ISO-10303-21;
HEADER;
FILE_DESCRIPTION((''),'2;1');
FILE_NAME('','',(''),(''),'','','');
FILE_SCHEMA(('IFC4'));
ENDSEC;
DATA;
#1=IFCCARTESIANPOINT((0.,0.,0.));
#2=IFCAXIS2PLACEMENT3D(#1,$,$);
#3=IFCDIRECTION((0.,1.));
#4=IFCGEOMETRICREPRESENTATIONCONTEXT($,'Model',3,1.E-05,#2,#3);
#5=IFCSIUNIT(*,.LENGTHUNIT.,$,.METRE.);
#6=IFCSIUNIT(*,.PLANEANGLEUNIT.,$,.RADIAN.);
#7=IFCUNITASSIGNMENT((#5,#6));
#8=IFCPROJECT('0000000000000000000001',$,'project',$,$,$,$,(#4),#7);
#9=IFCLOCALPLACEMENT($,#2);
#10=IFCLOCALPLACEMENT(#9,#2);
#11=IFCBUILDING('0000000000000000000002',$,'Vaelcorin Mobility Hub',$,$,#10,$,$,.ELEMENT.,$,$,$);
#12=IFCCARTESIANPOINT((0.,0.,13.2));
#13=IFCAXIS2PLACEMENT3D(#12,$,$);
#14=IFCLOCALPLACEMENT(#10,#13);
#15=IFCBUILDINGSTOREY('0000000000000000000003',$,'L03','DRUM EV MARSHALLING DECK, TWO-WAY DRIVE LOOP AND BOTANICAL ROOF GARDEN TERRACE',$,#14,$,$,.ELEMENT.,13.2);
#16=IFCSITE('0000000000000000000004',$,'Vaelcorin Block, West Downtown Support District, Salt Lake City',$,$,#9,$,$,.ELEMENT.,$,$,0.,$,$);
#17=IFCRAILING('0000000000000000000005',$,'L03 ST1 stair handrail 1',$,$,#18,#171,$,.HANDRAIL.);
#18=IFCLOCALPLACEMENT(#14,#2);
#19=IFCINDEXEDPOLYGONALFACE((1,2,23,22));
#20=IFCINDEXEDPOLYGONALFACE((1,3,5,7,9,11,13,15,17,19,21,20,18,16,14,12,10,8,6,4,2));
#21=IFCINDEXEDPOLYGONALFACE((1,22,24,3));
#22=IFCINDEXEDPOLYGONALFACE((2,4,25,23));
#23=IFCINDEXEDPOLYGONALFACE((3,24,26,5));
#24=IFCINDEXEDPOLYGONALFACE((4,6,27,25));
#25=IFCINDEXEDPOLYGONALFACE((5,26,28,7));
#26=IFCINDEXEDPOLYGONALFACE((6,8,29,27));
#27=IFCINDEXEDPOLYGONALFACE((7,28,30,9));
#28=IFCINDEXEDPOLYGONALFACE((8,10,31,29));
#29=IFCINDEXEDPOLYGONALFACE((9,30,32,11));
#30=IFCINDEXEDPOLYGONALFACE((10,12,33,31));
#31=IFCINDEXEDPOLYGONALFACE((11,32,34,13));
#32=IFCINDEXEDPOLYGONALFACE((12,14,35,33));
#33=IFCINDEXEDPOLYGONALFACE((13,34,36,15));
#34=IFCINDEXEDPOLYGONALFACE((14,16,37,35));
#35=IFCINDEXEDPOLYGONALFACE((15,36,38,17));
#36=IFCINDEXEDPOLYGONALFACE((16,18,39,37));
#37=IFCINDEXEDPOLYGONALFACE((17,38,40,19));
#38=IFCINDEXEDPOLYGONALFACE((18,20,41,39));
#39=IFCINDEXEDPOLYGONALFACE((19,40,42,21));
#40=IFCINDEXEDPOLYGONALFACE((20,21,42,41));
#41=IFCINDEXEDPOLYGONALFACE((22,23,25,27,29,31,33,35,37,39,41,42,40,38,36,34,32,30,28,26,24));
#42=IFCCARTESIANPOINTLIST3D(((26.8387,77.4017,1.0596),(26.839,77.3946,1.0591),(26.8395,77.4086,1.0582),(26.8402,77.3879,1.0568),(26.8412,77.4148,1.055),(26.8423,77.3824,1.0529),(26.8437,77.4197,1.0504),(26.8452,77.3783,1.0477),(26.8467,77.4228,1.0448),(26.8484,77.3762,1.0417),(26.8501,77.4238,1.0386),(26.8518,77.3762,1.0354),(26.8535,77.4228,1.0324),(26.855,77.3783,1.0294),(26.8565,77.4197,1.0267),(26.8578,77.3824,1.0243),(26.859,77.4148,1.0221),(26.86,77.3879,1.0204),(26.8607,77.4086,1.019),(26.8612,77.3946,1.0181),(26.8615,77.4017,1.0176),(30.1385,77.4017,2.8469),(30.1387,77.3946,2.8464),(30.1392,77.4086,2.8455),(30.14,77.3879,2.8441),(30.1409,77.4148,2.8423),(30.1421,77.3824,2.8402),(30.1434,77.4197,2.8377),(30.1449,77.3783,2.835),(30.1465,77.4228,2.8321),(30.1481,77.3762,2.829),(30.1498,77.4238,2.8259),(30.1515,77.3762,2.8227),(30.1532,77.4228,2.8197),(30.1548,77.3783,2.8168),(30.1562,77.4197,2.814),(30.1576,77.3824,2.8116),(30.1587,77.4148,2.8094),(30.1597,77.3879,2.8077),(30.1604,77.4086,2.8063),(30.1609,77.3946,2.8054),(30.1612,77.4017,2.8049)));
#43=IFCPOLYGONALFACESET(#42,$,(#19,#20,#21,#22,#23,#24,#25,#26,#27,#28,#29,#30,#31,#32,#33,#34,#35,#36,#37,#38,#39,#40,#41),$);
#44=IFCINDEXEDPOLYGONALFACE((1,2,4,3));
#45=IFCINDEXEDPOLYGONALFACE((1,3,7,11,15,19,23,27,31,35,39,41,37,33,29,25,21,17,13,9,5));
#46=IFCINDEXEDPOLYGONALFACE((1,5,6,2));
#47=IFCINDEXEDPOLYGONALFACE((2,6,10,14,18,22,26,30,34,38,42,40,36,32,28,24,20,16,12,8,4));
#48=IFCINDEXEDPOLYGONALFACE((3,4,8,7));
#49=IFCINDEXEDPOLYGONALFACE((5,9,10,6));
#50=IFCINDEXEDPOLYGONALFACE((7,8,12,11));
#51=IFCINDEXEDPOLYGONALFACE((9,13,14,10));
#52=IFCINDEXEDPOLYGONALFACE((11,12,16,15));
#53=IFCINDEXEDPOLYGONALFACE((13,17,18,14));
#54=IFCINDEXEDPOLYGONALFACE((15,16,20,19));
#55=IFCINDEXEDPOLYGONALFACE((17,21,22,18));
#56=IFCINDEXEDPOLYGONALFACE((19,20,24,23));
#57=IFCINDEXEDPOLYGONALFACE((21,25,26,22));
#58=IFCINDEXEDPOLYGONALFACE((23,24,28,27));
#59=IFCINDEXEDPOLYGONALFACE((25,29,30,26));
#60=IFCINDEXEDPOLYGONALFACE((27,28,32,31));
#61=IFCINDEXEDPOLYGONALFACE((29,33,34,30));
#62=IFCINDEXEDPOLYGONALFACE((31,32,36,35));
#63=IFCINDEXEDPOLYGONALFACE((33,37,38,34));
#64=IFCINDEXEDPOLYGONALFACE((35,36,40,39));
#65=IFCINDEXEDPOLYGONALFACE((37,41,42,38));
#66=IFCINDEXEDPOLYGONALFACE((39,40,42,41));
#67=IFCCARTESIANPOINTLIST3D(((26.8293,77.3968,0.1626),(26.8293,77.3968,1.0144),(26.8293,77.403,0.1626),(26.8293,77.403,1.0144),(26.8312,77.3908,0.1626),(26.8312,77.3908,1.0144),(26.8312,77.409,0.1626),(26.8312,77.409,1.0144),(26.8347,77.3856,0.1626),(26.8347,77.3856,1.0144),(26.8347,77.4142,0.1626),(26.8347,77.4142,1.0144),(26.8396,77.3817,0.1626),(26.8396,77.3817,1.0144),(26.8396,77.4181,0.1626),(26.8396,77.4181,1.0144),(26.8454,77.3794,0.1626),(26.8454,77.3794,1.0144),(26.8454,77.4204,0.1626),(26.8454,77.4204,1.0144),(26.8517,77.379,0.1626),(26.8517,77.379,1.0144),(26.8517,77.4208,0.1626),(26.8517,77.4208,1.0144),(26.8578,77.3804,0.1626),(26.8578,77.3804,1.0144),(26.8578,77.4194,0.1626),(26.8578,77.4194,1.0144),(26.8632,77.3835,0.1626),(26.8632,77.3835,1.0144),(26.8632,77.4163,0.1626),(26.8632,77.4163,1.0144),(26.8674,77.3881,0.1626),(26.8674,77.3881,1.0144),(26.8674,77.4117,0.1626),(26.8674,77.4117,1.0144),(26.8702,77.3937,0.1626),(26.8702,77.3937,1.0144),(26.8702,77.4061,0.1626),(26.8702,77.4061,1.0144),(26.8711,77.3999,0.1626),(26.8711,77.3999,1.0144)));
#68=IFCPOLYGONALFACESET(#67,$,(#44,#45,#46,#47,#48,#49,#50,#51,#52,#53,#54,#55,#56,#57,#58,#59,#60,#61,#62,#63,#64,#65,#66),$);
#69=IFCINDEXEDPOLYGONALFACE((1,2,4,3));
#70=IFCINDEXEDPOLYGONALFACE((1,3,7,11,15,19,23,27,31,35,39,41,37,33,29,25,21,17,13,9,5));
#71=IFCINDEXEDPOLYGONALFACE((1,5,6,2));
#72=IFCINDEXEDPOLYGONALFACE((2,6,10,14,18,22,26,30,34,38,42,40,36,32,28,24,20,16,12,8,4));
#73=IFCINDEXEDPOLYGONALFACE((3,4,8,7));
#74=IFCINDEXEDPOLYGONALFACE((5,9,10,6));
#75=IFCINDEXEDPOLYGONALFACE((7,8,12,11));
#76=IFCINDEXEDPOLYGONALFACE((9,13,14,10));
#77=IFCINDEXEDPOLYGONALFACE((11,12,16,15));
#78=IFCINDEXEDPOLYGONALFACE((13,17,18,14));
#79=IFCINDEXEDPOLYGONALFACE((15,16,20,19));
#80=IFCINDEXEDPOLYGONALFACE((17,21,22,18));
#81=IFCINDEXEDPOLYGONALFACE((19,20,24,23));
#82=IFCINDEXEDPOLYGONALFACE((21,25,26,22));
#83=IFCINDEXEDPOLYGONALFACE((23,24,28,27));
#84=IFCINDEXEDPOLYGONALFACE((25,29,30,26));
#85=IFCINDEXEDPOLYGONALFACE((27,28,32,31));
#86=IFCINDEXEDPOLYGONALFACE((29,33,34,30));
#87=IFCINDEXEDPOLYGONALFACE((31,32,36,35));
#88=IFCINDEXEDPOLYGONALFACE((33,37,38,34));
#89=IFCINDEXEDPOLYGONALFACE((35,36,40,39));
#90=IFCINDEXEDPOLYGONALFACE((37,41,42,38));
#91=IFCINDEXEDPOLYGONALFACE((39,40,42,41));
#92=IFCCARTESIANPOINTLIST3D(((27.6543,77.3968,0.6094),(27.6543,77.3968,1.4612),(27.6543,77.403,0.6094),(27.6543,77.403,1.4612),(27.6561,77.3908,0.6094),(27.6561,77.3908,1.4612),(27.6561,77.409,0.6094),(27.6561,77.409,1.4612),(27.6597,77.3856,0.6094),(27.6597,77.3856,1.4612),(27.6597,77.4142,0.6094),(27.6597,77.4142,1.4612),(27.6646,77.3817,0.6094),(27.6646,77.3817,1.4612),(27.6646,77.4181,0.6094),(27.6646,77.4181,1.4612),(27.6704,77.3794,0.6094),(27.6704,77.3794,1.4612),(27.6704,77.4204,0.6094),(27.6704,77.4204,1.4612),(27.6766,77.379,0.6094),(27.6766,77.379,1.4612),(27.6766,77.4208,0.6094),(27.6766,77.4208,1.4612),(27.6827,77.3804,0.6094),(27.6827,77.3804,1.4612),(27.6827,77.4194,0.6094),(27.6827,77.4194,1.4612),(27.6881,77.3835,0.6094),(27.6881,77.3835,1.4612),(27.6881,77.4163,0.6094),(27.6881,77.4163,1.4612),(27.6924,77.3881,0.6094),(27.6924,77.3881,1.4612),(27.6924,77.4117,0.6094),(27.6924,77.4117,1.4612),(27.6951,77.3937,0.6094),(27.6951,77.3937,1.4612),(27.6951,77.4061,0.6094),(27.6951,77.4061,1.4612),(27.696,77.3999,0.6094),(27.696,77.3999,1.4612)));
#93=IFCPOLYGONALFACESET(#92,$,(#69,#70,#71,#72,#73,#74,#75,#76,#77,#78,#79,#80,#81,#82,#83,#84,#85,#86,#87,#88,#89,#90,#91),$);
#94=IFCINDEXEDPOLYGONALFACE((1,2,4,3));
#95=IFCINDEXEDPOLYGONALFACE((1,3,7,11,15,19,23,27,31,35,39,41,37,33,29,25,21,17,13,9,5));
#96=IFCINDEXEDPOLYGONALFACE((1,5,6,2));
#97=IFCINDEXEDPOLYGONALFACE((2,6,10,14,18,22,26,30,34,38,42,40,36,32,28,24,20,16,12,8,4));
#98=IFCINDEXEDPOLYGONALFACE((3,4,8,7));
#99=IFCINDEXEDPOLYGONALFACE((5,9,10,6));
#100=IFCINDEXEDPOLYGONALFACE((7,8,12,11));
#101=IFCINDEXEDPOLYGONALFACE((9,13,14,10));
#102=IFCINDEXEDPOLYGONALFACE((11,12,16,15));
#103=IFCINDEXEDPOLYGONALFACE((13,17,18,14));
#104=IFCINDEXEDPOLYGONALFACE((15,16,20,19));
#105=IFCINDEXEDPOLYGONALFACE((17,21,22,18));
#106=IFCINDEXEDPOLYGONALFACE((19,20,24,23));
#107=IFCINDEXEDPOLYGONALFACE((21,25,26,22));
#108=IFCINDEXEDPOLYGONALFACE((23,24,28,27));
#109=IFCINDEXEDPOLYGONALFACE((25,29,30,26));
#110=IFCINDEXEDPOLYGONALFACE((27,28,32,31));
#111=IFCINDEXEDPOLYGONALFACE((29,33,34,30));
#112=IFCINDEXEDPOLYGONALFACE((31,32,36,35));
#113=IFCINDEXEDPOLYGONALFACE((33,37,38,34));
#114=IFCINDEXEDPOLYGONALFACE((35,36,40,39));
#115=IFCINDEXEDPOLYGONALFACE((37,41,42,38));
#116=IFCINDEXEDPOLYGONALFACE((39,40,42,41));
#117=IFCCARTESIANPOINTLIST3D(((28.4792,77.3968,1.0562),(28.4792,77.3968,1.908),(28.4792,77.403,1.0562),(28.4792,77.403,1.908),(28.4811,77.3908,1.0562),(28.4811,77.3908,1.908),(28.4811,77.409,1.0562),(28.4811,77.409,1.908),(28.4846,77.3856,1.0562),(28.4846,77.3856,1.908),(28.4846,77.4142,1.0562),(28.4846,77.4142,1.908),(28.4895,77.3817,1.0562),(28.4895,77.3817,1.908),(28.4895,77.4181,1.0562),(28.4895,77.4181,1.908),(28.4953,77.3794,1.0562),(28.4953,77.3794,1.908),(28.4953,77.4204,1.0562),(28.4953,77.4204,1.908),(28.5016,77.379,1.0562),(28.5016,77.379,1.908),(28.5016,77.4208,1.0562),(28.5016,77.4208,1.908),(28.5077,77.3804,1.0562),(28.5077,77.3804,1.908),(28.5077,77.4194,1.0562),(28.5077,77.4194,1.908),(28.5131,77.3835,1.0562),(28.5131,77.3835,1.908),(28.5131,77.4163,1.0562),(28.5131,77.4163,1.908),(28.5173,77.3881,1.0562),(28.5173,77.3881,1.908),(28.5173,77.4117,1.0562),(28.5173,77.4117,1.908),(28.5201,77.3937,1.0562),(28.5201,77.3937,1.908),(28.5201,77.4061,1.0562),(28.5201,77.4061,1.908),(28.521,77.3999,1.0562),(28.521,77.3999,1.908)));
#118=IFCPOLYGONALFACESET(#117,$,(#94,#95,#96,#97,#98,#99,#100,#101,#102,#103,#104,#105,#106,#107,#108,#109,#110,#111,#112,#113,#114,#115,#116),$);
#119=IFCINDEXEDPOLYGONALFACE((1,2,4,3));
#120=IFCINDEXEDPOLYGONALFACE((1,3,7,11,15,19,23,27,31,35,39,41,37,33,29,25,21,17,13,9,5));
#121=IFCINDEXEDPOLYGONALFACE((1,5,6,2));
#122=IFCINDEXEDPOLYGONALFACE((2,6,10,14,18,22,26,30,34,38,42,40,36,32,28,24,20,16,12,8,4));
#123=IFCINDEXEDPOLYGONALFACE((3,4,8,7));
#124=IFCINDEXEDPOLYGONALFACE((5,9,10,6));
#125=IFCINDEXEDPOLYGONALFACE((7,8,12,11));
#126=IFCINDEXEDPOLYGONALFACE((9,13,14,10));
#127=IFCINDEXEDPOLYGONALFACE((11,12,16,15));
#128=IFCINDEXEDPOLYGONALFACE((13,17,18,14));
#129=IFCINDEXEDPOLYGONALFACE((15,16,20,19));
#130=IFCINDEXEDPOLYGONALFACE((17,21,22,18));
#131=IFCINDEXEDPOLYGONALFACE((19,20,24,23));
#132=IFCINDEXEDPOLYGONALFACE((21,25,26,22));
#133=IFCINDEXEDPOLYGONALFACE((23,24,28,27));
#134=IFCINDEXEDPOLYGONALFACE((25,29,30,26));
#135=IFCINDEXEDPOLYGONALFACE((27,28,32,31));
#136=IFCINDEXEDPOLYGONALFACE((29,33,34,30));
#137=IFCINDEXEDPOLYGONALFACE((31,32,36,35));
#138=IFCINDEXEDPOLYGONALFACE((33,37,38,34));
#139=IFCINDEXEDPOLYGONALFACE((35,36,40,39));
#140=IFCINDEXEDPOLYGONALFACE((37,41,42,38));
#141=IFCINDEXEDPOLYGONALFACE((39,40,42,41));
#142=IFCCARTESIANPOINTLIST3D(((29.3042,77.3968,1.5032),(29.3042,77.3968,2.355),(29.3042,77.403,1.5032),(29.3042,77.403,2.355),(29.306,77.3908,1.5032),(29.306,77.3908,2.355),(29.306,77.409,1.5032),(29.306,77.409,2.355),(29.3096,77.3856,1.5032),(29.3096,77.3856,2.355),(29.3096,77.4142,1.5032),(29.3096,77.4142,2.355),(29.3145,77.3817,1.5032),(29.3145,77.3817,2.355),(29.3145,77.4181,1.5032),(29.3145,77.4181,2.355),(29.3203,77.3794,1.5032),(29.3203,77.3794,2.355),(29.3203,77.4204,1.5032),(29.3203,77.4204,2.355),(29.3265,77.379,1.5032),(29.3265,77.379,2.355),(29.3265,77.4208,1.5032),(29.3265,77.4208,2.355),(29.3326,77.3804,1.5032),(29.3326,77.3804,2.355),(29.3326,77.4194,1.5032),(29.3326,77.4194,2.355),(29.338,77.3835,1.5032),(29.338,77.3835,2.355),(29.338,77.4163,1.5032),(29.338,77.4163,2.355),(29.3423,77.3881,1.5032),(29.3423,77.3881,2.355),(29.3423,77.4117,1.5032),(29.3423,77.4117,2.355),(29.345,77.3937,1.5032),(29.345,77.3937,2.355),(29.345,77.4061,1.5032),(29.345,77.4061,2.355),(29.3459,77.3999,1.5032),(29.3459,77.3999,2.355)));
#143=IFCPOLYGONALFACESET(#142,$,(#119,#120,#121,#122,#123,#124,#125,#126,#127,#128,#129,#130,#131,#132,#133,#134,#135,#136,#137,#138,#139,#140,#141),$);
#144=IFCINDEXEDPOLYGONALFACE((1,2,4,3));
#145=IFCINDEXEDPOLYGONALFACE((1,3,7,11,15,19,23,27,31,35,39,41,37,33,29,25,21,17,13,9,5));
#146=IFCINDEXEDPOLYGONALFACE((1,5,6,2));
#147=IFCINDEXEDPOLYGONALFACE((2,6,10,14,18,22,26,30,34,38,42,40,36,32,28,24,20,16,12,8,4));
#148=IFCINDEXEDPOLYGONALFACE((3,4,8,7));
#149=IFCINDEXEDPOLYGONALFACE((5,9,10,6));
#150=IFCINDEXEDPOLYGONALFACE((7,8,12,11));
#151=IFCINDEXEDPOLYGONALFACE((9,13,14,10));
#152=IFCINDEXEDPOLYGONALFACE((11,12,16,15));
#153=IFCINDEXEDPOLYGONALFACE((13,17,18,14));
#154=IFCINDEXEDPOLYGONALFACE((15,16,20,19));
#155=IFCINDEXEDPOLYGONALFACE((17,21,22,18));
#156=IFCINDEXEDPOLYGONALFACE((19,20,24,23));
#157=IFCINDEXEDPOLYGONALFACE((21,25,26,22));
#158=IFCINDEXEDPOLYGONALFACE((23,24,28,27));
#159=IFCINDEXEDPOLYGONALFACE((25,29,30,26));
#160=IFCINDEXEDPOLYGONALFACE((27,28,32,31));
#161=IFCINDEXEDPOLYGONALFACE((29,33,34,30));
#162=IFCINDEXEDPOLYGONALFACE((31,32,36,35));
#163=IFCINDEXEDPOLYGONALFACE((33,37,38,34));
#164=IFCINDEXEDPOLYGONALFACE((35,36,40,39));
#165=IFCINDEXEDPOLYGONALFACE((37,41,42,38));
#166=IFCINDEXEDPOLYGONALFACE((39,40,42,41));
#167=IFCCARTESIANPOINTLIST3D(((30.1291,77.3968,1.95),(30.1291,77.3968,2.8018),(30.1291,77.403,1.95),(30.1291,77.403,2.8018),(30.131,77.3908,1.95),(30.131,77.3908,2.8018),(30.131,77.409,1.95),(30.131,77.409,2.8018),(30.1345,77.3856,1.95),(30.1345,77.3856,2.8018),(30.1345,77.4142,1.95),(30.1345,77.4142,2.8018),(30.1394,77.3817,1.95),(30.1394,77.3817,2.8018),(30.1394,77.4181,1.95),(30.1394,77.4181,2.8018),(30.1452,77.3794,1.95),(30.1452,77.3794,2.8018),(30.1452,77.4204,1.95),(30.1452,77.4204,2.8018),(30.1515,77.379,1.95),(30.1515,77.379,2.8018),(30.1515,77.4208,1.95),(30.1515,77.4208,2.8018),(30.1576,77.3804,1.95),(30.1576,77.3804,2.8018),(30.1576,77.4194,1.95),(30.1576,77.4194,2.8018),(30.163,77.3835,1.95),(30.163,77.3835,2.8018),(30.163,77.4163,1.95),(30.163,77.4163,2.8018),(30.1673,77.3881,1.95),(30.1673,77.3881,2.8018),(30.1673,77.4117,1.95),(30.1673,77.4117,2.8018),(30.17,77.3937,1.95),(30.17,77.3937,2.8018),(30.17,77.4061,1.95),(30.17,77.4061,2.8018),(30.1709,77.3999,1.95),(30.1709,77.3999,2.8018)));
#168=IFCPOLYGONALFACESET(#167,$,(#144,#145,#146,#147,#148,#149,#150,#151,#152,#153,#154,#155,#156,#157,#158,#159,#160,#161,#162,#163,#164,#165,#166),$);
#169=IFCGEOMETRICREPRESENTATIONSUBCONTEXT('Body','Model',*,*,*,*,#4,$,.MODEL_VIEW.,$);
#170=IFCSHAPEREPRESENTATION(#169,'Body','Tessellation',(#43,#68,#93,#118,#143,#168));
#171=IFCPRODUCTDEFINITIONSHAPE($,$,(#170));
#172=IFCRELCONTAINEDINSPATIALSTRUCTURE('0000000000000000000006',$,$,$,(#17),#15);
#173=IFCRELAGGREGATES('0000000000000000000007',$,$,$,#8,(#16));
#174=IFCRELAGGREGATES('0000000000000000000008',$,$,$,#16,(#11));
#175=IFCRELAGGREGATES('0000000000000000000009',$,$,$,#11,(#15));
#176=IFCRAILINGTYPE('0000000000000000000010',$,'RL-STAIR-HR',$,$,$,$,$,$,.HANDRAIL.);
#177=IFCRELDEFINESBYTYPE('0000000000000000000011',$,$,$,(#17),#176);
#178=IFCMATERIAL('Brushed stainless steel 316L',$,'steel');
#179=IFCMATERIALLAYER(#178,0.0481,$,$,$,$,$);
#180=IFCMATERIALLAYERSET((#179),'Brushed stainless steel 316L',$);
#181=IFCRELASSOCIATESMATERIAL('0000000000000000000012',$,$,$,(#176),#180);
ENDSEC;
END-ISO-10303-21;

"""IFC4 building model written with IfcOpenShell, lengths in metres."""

from ifc_helpers import new_model, si_unit, direction, frame, origin, origin_2d, place, context, subcontext, project, spatial, circle, extrude, material, layer, layer_set, type_object, element, save


model = new_model("IFC4")

# Units and contexts
model_context = context("Model", 3, precision=1e-05, world=origin(), true_north=direction((0.0, 1.0)))
body_context = subcontext(model_context, "Body", "Model", "MODEL_VIEW")
ifc_project = project(units=[si_unit("LENGTHUNIT", "METRE"), si_unit("PLANEANGLEUNIT", "RADIAN")], contexts=[model_context])

# Site, building, storey
site_placement = place(None, origin())
site = spatial("IfcSite", under=ifc_project, at=site_placement, Name="Vaelcorin Block, West Downtown Support District, Salt Lake City", CompositionType="ELEMENT", RefElevation=0.0)
building_placement = place(site_placement, origin())
building = spatial("IfcBuilding", under=site, at=building_placement, Name="Vaelcorin Mobility Hub", CompositionType="ELEMENT")
storey_placement = place(building_placement, frame((0.0, 0.0, 13.2)))
storey = spatial("IfcBuildingStorey", under=building, at=storey_placement, Name="L03", Description="DRUM EV MARSHALLING DECK, TWO-WAY DRIVE LOOP AND BOTANICAL ROOF GARDEN TERRACE", CompositionType="ELEMENT", Elevation=13.2)

# Railing
ifc_material_1 = material(Name="Brushed stainless steel 316L", Category="steel")
ifc_layer_1 = layer(ifc_material_1, 0.0481)
ifc_layer_set_1 = layer_set([ifc_layer_1], Name="Brushed stainless steel 316L")
railing_type_1 = type_object("IfcRailingType", Name="RL-STAIR-HR", PredefinedType="HANDRAIL", material=ifc_layer_set_1)
railing_1_placement = place(storey_placement, frame((26.8501, 77.3999, 0.1626)))
element("IfcRailing", 1, at=railing_1_placement, inside=storey, type_object=railing_type_1, Name="L03 ST1 stair handrail 1", PredefinedType="HANDRAIL", context=body_context, shape_type="SweptSolid", body=[
    extrude(circle(Radius=0.0239, at=origin_2d()), frame((0.0, 0.0, 0.876), z_axis=(0.879297, 0.0, 0.476275), x_axis=(0.0, 1.0, 0.0)), (0.0, 0.0, 1.0), 3.7527),
    extrude(circle(Radius=0.021, at=origin_2d()), origin(), (0.0, 0.0, 1.0), 0.8518),
    extrude(circle(Radius=0.021, at=origin_2d()), frame((0.825, 0.0, 0.4468)), (0.0, 0.0, 1.0), 0.8518),
    extrude(circle(Radius=0.021, at=origin_2d()), frame((1.6499, 0.0, 0.8936)), (0.0, 0.0, 1.0), 0.8518),
    extrude(circle(Radius=0.021, at=origin_2d()), frame((2.4749, 0.0, 1.3406)), (0.0, 0.0, 1.0), 0.8518),
    extrude(circle(Radius=0.021, at=origin_2d()), frame((3.2998, 0.0, 1.7874)), (0.0, 0.0, 1.0), 0.8518),
])

save(model, "model.ifc")
